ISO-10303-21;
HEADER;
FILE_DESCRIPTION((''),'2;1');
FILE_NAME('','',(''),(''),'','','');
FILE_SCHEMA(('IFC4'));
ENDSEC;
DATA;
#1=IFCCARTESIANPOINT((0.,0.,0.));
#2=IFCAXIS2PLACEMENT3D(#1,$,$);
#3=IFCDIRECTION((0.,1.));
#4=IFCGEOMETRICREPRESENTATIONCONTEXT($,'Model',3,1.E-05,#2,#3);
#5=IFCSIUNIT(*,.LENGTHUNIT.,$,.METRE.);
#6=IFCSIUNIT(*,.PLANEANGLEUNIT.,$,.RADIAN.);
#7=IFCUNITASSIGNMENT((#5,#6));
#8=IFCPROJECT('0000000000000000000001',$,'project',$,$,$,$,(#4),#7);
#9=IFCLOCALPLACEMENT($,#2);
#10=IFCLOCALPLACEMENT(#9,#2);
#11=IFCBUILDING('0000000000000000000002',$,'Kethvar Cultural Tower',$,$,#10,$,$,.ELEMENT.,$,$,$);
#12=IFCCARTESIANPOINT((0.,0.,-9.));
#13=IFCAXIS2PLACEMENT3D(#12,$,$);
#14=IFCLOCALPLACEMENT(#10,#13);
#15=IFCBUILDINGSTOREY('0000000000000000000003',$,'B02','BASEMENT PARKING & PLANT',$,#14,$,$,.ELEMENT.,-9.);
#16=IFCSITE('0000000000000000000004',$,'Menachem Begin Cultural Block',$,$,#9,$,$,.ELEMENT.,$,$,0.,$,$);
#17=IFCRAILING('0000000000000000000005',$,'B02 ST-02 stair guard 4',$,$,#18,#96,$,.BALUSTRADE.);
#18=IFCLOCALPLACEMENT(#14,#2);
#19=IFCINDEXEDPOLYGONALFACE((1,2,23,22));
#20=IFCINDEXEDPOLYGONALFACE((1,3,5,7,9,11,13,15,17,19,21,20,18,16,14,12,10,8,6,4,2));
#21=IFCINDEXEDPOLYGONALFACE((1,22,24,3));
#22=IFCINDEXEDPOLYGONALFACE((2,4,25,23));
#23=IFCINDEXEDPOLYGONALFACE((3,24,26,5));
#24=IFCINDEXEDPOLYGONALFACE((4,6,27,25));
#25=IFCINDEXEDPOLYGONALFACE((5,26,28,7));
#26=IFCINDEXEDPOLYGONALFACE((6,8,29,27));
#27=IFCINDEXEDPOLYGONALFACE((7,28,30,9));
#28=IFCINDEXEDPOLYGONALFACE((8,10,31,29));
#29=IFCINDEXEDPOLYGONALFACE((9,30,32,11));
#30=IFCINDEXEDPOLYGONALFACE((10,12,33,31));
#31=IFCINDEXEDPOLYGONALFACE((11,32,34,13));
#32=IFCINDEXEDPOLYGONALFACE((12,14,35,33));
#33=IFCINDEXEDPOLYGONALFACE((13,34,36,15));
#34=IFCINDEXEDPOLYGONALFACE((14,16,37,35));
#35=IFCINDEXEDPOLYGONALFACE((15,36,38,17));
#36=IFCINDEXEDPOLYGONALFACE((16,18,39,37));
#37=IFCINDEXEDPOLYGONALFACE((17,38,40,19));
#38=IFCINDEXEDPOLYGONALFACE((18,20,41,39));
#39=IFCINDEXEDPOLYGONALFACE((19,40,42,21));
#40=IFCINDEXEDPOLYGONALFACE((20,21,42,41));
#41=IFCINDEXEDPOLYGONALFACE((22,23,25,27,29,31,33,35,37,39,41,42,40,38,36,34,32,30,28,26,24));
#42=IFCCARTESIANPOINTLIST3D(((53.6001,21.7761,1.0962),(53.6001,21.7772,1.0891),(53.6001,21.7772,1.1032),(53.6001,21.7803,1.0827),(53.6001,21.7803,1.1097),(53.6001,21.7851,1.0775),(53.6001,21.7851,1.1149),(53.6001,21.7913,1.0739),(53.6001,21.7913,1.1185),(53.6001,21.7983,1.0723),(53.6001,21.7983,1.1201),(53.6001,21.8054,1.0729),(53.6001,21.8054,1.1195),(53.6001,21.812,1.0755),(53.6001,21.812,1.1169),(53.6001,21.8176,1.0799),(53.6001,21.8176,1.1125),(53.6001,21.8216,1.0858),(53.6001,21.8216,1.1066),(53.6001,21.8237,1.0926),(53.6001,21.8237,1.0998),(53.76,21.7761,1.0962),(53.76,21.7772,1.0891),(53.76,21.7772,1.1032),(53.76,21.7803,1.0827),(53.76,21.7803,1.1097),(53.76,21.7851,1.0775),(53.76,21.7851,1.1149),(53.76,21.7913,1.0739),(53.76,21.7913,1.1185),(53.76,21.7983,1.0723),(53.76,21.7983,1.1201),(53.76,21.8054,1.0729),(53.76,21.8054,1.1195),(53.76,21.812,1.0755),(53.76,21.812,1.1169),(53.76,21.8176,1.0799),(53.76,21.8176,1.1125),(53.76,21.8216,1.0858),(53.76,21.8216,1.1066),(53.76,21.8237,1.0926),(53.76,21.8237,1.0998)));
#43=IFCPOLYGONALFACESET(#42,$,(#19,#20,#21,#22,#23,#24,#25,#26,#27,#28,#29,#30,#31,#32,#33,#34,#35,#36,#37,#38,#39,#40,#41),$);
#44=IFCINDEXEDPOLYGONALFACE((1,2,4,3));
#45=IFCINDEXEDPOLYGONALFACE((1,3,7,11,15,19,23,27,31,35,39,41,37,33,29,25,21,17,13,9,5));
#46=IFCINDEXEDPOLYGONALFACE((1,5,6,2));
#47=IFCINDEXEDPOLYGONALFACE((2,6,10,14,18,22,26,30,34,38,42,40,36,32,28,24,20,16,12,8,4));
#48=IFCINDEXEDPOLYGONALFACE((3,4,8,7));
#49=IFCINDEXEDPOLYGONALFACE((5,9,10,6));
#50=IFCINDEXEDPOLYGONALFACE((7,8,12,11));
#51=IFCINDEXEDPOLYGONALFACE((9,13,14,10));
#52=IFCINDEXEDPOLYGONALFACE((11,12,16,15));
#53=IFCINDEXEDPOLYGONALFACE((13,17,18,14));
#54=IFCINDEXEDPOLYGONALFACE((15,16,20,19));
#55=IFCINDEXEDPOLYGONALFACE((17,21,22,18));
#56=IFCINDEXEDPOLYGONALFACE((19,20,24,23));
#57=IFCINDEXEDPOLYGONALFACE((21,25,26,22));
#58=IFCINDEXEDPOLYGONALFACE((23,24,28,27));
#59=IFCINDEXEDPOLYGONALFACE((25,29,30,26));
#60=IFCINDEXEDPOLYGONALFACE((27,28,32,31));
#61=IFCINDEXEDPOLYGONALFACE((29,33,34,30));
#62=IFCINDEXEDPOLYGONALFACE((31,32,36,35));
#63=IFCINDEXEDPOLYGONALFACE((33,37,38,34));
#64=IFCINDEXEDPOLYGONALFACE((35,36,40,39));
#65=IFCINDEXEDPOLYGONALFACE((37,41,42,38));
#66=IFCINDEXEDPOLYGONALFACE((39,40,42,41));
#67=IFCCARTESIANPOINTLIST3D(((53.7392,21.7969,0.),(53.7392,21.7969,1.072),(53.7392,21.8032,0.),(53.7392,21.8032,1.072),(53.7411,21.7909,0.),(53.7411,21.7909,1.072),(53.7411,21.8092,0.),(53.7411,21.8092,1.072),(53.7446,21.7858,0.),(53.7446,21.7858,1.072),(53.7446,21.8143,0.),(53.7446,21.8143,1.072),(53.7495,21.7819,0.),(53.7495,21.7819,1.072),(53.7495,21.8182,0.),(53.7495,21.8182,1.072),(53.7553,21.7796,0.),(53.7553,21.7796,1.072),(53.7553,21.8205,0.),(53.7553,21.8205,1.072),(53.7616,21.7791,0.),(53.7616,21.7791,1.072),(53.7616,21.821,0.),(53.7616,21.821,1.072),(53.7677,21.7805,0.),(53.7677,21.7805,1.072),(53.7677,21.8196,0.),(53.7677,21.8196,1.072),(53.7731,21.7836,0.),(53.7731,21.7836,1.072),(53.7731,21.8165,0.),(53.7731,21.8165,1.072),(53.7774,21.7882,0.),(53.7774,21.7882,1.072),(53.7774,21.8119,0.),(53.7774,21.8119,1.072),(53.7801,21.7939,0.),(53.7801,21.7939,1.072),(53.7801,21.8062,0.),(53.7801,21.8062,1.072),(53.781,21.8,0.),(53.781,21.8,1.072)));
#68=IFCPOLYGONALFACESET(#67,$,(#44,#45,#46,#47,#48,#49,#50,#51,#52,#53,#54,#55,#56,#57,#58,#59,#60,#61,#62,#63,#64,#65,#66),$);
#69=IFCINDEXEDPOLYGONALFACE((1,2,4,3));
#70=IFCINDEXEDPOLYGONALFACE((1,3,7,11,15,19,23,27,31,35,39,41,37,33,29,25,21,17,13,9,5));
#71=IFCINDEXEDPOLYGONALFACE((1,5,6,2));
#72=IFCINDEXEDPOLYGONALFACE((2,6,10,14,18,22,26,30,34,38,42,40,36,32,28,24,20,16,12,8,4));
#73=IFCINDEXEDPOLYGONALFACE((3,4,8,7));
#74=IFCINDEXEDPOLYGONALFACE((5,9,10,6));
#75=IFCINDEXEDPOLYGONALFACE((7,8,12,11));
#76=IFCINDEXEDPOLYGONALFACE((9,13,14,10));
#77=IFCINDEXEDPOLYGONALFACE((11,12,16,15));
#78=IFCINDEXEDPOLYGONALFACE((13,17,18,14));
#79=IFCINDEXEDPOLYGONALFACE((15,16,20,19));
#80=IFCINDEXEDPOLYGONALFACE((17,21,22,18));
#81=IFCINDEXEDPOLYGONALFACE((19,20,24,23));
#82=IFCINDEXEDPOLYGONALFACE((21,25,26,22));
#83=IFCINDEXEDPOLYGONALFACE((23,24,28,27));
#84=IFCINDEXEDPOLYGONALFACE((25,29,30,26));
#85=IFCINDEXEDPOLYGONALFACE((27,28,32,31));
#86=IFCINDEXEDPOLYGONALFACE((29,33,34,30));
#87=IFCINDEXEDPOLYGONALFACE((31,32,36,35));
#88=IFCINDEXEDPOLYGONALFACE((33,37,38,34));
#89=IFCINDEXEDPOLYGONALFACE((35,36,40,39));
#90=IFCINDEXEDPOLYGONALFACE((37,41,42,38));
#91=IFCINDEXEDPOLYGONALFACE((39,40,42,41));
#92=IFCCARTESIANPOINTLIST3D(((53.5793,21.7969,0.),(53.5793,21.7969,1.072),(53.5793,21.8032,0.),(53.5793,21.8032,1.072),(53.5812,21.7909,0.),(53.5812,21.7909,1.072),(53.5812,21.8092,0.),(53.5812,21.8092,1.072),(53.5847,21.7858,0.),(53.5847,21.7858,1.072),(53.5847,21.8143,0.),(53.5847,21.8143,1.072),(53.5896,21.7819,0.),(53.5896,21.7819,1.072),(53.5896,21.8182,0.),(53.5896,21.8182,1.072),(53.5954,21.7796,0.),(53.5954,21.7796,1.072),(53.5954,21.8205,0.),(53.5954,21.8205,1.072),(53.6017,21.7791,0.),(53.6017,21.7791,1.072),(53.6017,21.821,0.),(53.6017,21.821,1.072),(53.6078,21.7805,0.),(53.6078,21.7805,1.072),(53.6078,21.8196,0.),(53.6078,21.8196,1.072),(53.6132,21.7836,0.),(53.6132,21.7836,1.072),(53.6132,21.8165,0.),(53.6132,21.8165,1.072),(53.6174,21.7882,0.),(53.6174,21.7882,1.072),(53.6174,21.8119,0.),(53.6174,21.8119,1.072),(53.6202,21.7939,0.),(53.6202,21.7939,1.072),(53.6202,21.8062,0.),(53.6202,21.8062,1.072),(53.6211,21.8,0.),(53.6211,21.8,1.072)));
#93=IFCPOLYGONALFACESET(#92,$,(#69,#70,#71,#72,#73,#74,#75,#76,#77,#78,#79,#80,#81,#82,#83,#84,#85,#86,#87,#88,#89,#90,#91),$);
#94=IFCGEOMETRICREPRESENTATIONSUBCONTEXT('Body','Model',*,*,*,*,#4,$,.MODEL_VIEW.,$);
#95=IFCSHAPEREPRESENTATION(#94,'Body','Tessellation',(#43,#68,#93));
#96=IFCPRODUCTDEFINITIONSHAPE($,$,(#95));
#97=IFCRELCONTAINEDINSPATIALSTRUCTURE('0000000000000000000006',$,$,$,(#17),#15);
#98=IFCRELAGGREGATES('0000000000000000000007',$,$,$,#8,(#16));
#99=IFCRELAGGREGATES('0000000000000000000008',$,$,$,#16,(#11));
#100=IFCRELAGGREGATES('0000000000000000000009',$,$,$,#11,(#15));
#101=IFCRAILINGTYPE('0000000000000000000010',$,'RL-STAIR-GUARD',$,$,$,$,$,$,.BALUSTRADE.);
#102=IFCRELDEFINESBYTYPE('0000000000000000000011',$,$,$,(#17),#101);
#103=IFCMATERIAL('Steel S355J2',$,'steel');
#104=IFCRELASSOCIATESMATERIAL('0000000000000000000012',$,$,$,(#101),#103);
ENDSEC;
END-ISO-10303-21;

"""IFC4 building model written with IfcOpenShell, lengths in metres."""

from ifc_helpers import new_model, si_unit, direction, frame, origin, origin_2d, place, context, subcontext, project, spatial, circle, extrude, material, type_object, element, save


model = new_model("IFC4")

# Units and contexts
model_context = context("Model", 3, precision=1e-05, world=origin(), true_north=direction((0.0, 1.0)))
body_context = subcontext(model_context, "Body", "Model", "MODEL_VIEW")
ifc_project = project(units=[si_unit("LENGTHUNIT", "METRE"), si_unit("PLANEANGLEUNIT", "RADIAN")], contexts=[model_context])

# Site, building, storey
site_placement = place(None, origin())
site = spatial("IfcSite", under=ifc_project, at=site_placement, Name="Menachem Begin Cultural Block", CompositionType="ELEMENT", RefElevation=0.0)
building_placement = place(site_placement, origin())
building = spatial("IfcBuilding", under=site, at=building_placement, Name="Kethvar Cultural Tower", CompositionType="ELEMENT")
storey_placement = place(building_placement, frame((0.0, 0.0, -9.0)))
storey = spatial("IfcBuildingStorey", under=building, at=storey_placement, Name="B02", Description="BASEMENT PARKING & PLANT", CompositionType="ELEMENT", Elevation=-9.0)

# Shared definitions
ifc_material_1 = material(Name="Steel S355J2", Category="steel")

# Railing
railing_type_1 = type_object("IfcRailingType", Name="RL-STAIR-GUARD", PredefinedType="BALUSTRADE", material=ifc_material_1)
railing_1_placement = place(storey_placement, frame((53.76, 21.8, 0.0)))
element("IfcRailing", 1, at=railing_1_placement, inside=storey, type_object=railing_type_1, Name="B02 ST-02 stair guard 4", PredefinedType="BALUSTRADE", context=body_context, shape_type="SweptSolid", body=[
    extrude(circle(Radius=0.0239, at=origin_2d()), frame((0.0, 0.0, 1.0962), z_axis=(-1.0, 0.0, 0.0), x_axis=(0.0, -1.0, 0.0)), (0.0, 0.0, 1.0), 0.1599),
    extrude(circle(Radius=0.021, at=origin_2d()), origin(), (0.0, 0.0, 1.0), 1.072),
    extrude(circle(Radius=0.021, at=origin_2d()), frame((-0.1599, 0.0, 0.0)), (0.0, 0.0, 1.0), 1.072),
])

save(model, "model.ifc")
